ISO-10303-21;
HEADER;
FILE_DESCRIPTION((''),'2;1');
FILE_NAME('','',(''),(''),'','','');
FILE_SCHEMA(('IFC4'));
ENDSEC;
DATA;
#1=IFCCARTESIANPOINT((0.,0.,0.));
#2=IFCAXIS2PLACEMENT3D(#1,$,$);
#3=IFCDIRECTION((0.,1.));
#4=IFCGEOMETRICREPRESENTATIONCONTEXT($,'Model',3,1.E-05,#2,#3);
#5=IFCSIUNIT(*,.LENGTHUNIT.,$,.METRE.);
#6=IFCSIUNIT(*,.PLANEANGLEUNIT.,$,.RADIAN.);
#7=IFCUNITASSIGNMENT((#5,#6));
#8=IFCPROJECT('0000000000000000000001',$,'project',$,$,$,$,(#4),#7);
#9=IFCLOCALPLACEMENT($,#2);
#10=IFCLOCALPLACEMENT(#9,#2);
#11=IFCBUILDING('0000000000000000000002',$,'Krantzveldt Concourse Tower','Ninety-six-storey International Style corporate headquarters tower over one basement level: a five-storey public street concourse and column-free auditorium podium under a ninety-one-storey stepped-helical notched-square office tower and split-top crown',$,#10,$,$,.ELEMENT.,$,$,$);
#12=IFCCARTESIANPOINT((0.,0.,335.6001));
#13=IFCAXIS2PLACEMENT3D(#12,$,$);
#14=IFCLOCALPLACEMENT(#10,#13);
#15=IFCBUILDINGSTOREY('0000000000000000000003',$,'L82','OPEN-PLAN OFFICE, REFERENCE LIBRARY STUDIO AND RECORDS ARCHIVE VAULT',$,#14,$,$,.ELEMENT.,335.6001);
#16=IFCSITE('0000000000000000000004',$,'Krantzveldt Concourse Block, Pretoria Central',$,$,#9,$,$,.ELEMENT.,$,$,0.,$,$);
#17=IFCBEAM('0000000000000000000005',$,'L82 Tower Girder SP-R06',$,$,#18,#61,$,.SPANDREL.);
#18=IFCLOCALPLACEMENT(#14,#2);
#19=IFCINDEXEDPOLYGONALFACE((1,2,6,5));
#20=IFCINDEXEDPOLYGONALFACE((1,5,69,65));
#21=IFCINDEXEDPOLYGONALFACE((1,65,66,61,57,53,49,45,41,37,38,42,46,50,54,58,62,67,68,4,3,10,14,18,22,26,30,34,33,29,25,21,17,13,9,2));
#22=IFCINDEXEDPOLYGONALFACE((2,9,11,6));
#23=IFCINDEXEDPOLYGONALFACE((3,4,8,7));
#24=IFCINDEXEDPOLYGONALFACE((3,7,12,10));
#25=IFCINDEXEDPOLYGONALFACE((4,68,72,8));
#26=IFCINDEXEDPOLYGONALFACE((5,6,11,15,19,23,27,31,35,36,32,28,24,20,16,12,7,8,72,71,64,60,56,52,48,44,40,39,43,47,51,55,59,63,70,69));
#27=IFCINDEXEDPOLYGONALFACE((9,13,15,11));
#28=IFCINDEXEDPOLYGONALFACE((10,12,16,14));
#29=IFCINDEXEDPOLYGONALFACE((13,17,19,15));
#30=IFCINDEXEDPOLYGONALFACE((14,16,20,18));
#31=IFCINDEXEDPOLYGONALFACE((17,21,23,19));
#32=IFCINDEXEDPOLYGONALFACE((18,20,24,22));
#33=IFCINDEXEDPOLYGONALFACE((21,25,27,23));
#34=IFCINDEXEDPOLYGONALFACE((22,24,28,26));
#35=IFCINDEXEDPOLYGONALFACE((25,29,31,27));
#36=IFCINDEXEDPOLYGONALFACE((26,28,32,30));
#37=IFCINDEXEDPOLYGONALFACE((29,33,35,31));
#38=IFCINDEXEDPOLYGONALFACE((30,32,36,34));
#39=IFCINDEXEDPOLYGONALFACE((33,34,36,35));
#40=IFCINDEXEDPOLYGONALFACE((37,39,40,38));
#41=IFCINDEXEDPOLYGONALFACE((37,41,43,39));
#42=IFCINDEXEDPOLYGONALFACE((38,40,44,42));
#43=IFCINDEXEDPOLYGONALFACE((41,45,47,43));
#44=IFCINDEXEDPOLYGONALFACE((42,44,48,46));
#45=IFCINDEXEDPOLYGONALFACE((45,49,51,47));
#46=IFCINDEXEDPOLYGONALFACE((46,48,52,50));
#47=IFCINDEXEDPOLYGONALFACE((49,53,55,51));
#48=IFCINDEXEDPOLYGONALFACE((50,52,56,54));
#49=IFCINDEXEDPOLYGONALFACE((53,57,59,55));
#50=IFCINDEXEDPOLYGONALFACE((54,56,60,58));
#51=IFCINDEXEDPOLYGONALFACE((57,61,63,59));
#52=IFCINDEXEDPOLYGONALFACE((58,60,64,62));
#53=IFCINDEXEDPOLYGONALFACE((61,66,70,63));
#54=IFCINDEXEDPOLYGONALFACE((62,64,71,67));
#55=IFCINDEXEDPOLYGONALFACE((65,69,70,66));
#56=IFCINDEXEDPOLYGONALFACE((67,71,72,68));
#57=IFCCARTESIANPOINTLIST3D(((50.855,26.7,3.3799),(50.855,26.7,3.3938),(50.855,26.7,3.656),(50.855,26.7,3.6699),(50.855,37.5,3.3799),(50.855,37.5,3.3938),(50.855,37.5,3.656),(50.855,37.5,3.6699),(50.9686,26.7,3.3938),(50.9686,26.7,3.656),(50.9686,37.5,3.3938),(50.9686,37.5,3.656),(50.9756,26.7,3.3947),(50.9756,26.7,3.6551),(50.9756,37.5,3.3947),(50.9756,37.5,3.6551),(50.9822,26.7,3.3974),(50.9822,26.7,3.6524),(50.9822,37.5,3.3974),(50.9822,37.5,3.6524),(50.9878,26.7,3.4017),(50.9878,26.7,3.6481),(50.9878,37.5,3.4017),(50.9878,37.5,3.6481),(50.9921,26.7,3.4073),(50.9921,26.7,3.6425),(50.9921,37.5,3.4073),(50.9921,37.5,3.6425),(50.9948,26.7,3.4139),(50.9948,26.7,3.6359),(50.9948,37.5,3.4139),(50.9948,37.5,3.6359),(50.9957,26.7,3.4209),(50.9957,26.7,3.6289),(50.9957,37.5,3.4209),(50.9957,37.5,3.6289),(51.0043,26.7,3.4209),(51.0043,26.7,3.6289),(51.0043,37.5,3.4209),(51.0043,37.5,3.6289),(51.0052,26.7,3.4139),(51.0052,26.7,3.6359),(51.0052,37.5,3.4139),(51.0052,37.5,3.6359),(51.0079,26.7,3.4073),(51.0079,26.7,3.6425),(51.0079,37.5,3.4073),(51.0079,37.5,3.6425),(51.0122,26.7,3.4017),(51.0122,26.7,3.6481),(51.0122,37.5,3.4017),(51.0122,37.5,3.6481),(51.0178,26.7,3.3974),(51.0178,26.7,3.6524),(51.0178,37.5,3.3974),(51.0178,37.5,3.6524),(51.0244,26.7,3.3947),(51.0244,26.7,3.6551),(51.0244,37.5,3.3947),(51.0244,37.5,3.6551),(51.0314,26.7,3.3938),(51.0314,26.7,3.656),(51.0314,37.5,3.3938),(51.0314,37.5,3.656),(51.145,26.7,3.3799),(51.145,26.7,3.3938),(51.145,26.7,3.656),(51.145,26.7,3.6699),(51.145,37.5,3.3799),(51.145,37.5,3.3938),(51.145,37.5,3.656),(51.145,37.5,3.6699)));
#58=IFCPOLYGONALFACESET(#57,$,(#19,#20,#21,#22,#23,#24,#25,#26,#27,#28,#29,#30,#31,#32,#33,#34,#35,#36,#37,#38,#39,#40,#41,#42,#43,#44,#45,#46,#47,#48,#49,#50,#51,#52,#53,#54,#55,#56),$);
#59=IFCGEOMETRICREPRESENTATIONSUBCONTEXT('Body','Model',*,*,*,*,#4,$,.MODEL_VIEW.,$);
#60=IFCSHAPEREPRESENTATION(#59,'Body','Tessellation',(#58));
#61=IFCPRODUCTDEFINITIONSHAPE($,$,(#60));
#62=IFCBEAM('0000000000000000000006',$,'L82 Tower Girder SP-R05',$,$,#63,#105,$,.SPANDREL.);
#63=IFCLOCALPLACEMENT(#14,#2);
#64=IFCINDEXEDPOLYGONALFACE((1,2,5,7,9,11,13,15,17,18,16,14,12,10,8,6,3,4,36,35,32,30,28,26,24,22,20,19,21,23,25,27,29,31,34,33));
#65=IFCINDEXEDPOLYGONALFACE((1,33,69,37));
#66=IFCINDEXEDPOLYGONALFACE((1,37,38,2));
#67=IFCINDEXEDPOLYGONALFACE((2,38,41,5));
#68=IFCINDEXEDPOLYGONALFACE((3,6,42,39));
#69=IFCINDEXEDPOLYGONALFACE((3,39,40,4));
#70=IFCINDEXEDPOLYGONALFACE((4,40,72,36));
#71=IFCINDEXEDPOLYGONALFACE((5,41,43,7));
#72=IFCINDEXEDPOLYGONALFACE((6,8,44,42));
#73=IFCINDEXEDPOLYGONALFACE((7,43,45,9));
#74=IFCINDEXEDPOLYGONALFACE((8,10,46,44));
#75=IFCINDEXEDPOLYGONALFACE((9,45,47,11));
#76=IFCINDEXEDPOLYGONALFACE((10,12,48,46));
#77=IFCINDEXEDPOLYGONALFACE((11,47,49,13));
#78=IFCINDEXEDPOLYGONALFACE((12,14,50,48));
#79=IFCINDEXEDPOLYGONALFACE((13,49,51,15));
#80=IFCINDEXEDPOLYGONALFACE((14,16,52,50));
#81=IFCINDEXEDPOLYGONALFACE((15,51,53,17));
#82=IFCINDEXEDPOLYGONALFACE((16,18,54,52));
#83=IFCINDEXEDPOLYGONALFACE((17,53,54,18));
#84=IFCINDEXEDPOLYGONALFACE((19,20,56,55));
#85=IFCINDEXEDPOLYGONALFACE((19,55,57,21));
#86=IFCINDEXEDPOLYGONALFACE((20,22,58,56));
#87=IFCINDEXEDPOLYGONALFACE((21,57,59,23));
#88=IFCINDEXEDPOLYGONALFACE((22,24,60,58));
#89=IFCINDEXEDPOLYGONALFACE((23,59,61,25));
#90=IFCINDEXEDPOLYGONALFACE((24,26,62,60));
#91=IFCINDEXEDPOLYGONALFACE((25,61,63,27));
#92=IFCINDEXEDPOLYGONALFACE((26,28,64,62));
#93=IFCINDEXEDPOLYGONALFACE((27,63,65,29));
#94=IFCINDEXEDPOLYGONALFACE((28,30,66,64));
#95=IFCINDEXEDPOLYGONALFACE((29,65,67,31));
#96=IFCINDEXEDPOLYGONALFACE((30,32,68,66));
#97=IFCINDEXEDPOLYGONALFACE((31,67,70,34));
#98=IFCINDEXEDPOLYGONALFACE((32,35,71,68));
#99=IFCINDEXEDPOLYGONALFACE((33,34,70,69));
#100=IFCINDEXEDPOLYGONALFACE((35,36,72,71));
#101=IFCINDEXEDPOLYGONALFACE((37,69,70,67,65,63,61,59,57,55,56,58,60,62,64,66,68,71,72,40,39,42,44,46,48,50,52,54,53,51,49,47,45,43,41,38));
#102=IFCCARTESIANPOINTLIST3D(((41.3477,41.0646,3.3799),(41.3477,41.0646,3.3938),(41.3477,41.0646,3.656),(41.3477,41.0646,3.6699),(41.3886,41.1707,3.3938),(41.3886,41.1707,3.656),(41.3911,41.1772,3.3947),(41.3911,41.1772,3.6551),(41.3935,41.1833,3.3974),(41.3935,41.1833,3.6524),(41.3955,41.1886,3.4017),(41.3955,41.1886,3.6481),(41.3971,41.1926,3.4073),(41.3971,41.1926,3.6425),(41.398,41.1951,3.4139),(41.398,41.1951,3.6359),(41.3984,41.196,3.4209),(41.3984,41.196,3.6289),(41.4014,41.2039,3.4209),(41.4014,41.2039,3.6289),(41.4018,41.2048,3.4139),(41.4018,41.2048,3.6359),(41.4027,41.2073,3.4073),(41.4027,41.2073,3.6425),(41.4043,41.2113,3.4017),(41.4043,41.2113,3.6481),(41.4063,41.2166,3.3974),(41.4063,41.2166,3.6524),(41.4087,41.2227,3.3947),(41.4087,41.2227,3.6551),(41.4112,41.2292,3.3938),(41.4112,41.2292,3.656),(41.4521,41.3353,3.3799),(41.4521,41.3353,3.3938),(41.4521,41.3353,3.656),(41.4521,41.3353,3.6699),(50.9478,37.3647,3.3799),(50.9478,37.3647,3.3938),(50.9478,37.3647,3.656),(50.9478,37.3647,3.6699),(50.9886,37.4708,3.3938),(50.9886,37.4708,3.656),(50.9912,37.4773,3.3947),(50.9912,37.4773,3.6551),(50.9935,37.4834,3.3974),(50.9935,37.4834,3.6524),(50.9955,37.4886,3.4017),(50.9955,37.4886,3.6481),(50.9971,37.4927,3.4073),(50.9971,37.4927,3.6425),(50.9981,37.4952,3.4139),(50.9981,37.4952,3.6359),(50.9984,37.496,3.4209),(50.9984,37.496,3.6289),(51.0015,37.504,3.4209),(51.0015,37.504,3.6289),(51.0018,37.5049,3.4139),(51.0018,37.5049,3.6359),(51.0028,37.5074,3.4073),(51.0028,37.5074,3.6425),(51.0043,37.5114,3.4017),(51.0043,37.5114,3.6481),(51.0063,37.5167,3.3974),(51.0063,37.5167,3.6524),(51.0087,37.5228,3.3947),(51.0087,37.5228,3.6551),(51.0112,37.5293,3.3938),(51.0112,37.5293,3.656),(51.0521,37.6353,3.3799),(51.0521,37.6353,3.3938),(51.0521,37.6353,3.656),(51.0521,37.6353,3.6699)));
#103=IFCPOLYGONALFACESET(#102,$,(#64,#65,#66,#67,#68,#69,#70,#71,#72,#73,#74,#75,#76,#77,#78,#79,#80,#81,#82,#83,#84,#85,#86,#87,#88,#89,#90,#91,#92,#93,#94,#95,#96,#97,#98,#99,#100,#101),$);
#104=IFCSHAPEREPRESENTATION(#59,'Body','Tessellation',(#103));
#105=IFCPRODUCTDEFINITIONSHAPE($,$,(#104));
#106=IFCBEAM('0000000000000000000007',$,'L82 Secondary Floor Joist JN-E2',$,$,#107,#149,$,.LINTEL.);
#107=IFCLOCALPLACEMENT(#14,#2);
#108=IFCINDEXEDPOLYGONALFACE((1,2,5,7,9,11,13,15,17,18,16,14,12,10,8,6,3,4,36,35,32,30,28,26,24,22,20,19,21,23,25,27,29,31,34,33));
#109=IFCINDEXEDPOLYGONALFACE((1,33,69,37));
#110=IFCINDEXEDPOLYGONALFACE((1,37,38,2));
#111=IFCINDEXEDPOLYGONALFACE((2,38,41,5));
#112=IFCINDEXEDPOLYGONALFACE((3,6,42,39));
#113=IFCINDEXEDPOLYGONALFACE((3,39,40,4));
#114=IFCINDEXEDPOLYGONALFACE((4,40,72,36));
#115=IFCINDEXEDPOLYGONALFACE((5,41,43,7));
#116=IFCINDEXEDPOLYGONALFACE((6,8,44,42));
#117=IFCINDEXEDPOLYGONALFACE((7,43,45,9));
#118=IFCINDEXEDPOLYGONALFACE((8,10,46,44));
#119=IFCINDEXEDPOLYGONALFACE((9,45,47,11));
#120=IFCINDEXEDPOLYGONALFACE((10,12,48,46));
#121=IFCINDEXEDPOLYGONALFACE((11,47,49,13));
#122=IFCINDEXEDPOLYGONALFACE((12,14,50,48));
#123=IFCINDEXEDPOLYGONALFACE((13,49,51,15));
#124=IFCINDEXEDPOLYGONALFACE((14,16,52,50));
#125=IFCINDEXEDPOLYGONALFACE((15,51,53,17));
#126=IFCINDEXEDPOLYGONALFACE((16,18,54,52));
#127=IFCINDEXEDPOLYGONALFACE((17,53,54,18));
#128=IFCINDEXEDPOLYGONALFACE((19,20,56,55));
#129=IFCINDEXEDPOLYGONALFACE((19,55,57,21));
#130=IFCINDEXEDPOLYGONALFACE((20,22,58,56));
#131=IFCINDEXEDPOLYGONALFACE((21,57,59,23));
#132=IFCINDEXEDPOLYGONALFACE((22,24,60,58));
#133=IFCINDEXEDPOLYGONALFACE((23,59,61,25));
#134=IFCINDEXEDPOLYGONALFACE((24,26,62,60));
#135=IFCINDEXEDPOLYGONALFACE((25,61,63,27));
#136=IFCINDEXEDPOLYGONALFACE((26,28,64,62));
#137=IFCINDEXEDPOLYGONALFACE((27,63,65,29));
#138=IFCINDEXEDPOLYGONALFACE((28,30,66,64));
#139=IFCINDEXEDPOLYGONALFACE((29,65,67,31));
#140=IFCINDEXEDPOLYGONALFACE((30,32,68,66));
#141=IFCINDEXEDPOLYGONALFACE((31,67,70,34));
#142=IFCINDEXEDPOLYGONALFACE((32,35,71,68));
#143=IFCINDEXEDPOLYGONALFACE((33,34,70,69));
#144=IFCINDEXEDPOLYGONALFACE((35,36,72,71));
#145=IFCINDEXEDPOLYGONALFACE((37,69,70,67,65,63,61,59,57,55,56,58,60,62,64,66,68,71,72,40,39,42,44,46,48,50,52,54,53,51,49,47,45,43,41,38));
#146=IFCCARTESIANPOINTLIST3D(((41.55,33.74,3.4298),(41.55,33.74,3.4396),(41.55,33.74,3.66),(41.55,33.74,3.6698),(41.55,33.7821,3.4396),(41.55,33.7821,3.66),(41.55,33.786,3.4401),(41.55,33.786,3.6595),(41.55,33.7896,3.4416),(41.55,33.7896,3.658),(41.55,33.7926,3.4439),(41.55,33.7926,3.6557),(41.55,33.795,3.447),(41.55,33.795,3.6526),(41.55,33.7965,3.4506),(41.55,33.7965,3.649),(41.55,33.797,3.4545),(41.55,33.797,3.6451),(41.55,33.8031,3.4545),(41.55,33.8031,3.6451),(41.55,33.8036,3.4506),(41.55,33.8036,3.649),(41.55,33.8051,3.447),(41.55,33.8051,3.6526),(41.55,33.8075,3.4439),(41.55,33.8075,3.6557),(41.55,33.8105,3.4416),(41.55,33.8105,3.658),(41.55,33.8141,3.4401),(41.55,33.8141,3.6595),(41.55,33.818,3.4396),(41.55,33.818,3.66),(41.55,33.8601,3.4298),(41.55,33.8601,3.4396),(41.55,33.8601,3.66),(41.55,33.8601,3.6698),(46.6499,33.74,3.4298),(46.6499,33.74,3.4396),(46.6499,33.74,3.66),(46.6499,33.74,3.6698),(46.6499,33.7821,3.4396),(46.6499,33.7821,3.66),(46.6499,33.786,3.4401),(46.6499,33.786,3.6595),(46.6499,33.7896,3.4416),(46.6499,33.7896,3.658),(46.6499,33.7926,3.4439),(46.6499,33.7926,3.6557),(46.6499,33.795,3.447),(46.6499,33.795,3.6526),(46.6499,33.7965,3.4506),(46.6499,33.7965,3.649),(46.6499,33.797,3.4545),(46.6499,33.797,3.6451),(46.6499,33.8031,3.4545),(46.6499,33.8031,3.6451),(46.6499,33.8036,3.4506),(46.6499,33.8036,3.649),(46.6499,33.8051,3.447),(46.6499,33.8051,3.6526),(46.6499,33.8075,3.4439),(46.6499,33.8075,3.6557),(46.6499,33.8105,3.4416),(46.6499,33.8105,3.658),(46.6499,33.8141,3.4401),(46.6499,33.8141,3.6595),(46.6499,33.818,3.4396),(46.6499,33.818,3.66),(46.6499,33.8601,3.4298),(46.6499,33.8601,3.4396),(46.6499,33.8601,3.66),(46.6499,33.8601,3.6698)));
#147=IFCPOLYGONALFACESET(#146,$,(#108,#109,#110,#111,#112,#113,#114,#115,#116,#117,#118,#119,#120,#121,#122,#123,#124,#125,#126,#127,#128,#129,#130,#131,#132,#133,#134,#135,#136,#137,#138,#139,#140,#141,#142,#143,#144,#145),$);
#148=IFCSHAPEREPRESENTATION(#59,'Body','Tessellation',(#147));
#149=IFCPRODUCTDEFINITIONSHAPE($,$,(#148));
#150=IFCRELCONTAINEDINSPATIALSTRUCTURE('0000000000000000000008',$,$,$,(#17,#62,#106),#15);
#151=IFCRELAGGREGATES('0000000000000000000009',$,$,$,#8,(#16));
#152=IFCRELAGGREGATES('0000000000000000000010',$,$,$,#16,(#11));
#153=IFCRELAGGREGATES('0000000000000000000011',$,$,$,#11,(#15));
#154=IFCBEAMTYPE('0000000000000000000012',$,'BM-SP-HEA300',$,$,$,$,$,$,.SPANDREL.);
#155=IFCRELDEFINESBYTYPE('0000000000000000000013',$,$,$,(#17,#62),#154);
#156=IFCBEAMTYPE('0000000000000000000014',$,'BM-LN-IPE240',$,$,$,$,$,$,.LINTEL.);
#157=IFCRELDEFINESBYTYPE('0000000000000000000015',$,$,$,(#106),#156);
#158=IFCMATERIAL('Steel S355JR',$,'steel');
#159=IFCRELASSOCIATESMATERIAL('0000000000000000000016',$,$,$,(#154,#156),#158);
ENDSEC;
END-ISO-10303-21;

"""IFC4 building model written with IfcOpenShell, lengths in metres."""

from ifc_helpers import new_model, si_unit, direction, frame, origin, origin_2d, place, context, subcontext, project, spatial, i_section, extrude, source, transform, mapped, material, material_profile, profile_set, type_object, type_shapes, element, save


model = new_model("IFC4")

# Units and contexts
model_context = context("Model", 3, precision=1e-05, world=origin(), true_north=direction((0.0, 1.0)))
body_context = subcontext(model_context, "Body", "Model", "MODEL_VIEW")
ifc_project = project(units=[si_unit("LENGTHUNIT", "METRE"), si_unit("PLANEANGLEUNIT", "RADIAN")], contexts=[model_context])

# Site, building, storey
site_placement = place(None, origin())
site = spatial("IfcSite", under=ifc_project, at=site_placement, Name="Krantzveldt Concourse Block, Pretoria Central", CompositionType="ELEMENT", RefElevation=0.0)
building_placement = place(site_placement, origin())
building = spatial("IfcBuilding", under=site, at=building_placement, Name="Krantzveldt Concourse Tower", Description="Ninety-six-storey International Style corporate headquarters tower over one basement level: a five-storey public street concourse and column-free auditorium podium under a ninety-one-storey stepped-helical notched-square office tower and split-top crown", CompositionType="ELEMENT")
storey_placement = place(building_placement, frame((0.0, 0.0, 335.6001)))
storey = spatial("IfcBuildingStorey", under=building, at=storey_placement, Name="L82", Description="OPEN-PLAN OFFICE, REFERENCE LIBRARY STUDIO AND RECORDS ARCHIVE VAULT", CompositionType="ELEMENT", Elevation=335.6001)

# Beams
ifc_material_1 = material(Name="Steel S355JR", Category="steel")
ifc_material_profile_1 = material_profile(ifc_material_1, i_section(OverallWidth=0.29, OverallDepth=0.29, WebThickness=0.0085, FlangeThickness=0.0139, FilletRadius=0.0271, at=origin_2d()), Name="Steel S355JR", Category="steel")
ifc_profile_set_1 = profile_set([ifc_material_profile_1], Name="Steel S355JR - HEA 300")
beam_type_1 = type_object("IfcBeamType", Name="BM-SP-HEA300", PredefinedType="SPANDREL", material=ifc_profile_set_1)
shared_shape_1 = source(origin(), body_context, "Body", "SweptSolid", [
    extrude(i_section(OverallWidth=0.29, OverallDepth=0.29, WebThickness=0.0085, FlangeThickness=0.0139, FilletRadius=0.0271, at=origin_2d()), origin(), (0.0, 0.0, 1.0), 10.8),
])
beam_1_placement = place(storey_placement, frame((51.0, 37.5, 3.5249), z_axis=(0.0, -1.0, 0.0), x_axis=(1.0, 0.0, 0.0)))
element("IfcBeam", 1, at=beam_1_placement, inside=storey, type_object=beam_type_1, Name="L82 Tower Girder SP-R06", PredefinedType="SPANDREL", context=body_context, shape_type="MappedRepresentation", body=[
    mapped(shared_shape_1, transform((0.0, 0.0, 0.0), x_axis=(1.0, 0.0, 0.0), y_axis=(0.0, 1.0, 0.0), z_axis=(0.0, 0.0, 1.0), scale=1.0)),
])
shared_shape_2 = source(origin(), body_context, "Body", "SweptSolid", [
    extrude(i_section(OverallWidth=0.29, OverallDepth=0.29, WebThickness=0.0085, FlangeThickness=0.0139, FilletRadius=0.0271, at=origin_2d()), origin(), (0.0, 0.0, 1.0), 10.2883),
])
type_shapes(beam_type_1, [shared_shape_1, shared_shape_2])
beam_2_placement = place(storey_placement, frame((41.3999, 41.2, 3.5249), z_axis=(0.933098, -0.359623, 0.0), x_axis=(0.359623, 0.933098, 0.0)))
element("IfcBeam", 2, at=beam_2_placement, inside=storey, type_object=beam_type_1, Name="L82 Tower Girder SP-R05", PredefinedType="SPANDREL", context=body_context, shape_type="MappedRepresentation", body=[
    mapped(shared_shape_2, transform((0.0, 0.0, 0.0), x_axis=(1.0, 0.0, 0.0), y_axis=(0.0, 1.0, 0.0), z_axis=(0.0, 0.0, 1.0), scale=1.0)),
])
ifc_material_profile_2 = material_profile(ifc_material_1, i_section(OverallWidth=0.1201, OverallDepth=0.24, WebThickness=0.0061, FlangeThickness=0.0098, FilletRadius=0.0149, at=origin_2d()), Name="Steel S355JR", Category="steel")
ifc_profile_set_2 = profile_set([ifc_material_profile_2], Name="Steel S355JR - IPE 240")
beam_type_2 = type_object("IfcBeamType", Name="BM-LN-IPE240", PredefinedType="LINTEL", material=ifc_profile_set_2)
shared_shape_3 = source(origin(), body_context, "Body", "SweptSolid", [
    extrude(i_section(OverallWidth=0.1201, OverallDepth=0.24, WebThickness=0.0061, FlangeThickness=0.0098, FilletRadius=0.0149, at=origin_2d()), origin(), (0.0, 0.0, 1.0), 5.0999),
])
type_shapes(beam_type_2, [shared_shape_3])
beam_3_placement = place(storey_placement, frame((41.55, 33.8, 3.5498), z_axis=(1.0, 0.0, 0.0), x_axis=(0.0, 1.0, 0.0)))
element("IfcBeam", 3, at=beam_3_placement, inside=storey, type_object=beam_type_2, Name="L82 Secondary Floor Joist JN-E2", PredefinedType="LINTEL", context=body_context, shape_type="MappedRepresentation", body=[
    mapped(shared_shape_3, transform((0.0, 0.0, 0.0), x_axis=(1.0, 0.0, 0.0), y_axis=(0.0, 1.0, 0.0), z_axis=(0.0, 0.0, 1.0), scale=1.0)),
])

save(model, "model.ifc")
